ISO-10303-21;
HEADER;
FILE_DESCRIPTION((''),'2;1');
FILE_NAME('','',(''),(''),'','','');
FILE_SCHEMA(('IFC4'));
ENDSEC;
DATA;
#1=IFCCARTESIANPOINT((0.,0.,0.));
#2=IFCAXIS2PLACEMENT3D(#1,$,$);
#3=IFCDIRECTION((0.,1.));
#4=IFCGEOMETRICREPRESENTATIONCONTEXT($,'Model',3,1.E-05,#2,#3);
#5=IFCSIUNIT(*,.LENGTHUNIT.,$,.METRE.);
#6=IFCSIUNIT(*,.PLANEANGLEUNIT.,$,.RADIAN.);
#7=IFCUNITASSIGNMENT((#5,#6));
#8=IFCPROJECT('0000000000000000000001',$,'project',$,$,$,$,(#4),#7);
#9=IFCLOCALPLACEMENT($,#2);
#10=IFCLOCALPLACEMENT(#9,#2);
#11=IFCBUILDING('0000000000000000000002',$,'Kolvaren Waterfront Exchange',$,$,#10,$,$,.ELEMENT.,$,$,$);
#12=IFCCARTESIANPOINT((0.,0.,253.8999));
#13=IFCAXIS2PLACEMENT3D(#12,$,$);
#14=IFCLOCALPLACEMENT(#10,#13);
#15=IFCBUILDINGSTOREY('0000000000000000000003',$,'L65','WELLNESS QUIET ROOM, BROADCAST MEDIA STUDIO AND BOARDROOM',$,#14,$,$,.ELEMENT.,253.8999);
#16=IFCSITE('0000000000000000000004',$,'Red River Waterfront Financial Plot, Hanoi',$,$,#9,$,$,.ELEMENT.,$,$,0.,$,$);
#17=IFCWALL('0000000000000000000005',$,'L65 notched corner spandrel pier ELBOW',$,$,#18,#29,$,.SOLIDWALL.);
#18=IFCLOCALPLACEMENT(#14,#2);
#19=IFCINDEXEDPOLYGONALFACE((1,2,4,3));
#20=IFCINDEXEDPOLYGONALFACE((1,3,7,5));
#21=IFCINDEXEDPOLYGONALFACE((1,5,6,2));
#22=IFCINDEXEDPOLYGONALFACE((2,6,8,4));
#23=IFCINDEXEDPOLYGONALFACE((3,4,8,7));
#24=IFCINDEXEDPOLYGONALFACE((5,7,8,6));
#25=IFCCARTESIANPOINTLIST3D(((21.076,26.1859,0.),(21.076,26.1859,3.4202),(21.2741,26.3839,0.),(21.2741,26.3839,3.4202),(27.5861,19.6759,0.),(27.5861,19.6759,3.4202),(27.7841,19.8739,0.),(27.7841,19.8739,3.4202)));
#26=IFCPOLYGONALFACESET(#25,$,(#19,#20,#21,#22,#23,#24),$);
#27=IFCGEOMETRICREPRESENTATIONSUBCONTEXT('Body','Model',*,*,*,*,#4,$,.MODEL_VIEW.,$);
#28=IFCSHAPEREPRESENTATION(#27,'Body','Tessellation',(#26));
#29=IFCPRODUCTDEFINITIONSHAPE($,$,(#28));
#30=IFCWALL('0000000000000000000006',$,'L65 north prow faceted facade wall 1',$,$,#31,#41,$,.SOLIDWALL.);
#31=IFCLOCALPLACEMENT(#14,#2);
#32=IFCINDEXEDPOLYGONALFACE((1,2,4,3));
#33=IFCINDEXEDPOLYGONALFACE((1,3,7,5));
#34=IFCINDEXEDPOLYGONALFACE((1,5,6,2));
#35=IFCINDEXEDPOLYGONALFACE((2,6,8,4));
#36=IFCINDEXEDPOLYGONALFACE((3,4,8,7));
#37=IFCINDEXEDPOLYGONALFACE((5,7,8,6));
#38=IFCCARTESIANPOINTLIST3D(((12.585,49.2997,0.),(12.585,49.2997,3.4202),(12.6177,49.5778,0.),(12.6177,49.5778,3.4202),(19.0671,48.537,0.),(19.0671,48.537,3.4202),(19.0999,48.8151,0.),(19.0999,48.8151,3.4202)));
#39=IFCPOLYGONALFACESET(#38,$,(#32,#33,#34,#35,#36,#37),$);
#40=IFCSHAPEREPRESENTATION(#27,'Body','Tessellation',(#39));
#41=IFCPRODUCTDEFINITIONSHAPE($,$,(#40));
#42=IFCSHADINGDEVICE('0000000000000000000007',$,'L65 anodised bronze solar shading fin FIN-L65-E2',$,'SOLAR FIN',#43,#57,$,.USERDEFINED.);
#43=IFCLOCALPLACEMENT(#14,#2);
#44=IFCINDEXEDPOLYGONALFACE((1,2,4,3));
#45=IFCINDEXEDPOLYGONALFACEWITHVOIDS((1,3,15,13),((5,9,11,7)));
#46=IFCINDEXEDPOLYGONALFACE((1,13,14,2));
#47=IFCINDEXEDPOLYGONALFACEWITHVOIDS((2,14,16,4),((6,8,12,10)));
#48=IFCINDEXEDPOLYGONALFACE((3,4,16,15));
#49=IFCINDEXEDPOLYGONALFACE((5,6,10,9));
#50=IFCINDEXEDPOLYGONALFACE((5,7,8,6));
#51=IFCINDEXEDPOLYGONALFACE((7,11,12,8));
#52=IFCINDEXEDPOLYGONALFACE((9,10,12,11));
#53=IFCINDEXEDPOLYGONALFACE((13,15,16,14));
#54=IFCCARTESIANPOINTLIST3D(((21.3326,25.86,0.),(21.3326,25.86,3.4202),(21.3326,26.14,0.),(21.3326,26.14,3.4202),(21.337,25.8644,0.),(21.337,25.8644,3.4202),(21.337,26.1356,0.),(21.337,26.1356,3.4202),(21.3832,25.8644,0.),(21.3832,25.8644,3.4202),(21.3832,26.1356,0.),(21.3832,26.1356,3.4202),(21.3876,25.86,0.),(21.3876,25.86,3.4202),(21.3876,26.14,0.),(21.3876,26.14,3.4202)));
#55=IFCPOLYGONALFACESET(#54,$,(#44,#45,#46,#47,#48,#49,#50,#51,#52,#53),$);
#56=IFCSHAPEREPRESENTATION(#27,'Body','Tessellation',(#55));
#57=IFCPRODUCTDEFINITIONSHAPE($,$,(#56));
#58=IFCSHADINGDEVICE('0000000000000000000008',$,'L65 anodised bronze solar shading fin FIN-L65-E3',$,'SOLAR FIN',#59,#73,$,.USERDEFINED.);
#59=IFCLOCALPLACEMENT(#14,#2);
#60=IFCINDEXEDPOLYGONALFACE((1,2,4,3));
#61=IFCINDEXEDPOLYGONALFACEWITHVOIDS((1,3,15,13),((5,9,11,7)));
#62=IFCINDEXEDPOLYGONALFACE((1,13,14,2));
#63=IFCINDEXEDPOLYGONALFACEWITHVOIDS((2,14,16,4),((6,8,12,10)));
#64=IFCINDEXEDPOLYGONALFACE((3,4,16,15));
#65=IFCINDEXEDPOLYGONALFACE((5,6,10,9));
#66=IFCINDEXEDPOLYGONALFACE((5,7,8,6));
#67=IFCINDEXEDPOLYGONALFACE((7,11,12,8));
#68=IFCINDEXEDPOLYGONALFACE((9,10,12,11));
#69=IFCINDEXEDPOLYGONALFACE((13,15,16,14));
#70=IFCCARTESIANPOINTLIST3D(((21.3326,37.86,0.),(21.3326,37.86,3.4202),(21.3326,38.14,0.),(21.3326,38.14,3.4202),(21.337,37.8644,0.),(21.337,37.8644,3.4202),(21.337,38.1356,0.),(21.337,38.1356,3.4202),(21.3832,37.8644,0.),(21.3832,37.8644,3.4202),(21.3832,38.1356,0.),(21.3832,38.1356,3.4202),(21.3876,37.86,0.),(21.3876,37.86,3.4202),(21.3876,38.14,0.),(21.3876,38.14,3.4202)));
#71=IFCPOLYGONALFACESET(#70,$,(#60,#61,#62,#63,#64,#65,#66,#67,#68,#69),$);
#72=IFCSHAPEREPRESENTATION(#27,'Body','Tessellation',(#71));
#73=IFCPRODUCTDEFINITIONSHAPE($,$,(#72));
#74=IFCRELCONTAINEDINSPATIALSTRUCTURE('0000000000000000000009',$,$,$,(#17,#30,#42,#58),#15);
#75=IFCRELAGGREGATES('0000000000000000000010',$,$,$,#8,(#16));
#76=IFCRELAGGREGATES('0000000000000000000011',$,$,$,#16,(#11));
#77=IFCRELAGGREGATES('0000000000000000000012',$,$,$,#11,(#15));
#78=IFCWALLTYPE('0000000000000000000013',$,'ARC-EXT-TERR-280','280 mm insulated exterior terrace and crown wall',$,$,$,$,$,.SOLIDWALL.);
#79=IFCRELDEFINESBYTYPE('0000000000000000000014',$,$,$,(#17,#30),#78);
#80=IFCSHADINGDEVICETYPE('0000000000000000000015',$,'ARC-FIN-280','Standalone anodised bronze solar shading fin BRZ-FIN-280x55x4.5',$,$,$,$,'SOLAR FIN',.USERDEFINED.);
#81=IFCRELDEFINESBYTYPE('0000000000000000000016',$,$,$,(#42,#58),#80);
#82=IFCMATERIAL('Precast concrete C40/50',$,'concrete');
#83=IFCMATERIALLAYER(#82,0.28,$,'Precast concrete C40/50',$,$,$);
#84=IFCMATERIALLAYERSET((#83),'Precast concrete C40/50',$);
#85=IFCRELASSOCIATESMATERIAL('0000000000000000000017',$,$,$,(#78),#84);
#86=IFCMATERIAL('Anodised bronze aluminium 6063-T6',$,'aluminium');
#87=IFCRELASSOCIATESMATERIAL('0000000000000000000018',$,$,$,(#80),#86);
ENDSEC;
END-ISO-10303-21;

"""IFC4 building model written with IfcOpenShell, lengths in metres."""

from ifc_helpers import new_model, si_unit, direction, frame, frame_2d, origin, origin_2d, place, context, subcontext, project, spatial, rectangle, hollow_rectangle, extrude, material, layer, layer_set, material_profile, profile_set, type_object, element, save


model = new_model("IFC4")

# Units and contexts
model_context = context("Model", 3, precision=1e-05, world=origin(), true_north=direction((0.0, 1.0)))
body_context = subcontext(model_context, "Body", "Model", "MODEL_VIEW")
ifc_project = project(units=[si_unit("LENGTHUNIT", "METRE"), si_unit("PLANEANGLEUNIT", "RADIAN")], contexts=[model_context])

# Site, building, storey
site_placement = place(None, origin())
site = spatial("IfcSite", under=ifc_project, at=site_placement, Name="Red River Waterfront Financial Plot, Hanoi", CompositionType="ELEMENT", RefElevation=0.0)
building_placement = place(site_placement, origin())
building = spatial("IfcBuilding", under=site, at=building_placement, Name="Kolvaren Waterfront Exchange", CompositionType="ELEMENT")
storey_placement = place(building_placement, frame((0.0, 0.0, 253.8999)))
storey = spatial("IfcBuildingStorey", under=building, at=storey_placement, Name="L65", Description="WELLNESS QUIET ROOM, BROADCAST MEDIA STUDIO AND BOARDROOM", CompositionType="ELEMENT", Elevation=253.8999)

# Shared definitions
ifc_material_1 = material(Name="Anodised bronze aluminium 6063-T6", Category="aluminium")

# Walls
ifc_material_2 = material(Name="Precast concrete C40/50", Category="concrete")
ifc_layer_1 = layer(ifc_material_2, 0.28, Name="Precast concrete C40/50")
ifc_layer_set_1 = layer_set([ifc_layer_1], Name="Precast concrete C40/50")
wall_type = type_object("IfcWallType", Name="ARC-EXT-TERR-280", Description="280 mm insulated exterior terrace and crown wall", PredefinedType="SOLIDWALL", material=ifc_layer_set_1)
wall_1_placement = place(storey_placement, frame((27.6851, 19.7749, 0.0), z_axis=(0.0, 0.0, 1.0), x_axis=(-0.707107, 0.707107, 0.0)))
element("IfcWall", 1, at=wall_1_placement, inside=storey, type_object=wall_type, Name="L65 notched corner spandrel pier ELBOW", PredefinedType="SOLIDWALL", context=body_context, shape_type="SweptSolid", body=[
    extrude(rectangle(XDim=9.2065, YDim=0.28, at=frame_2d((4.6033, 0.0))), origin(), (0.0, 0.0, 1.0), 3.4202),
])
wall_2_placement = place(storey_placement, frame((19.0835, 48.676, 0.0), z_axis=(0.0, 0.0, 1.0), x_axis=(-0.993149, 0.116854, 0.0)))
element("IfcWall", 2, at=wall_2_placement, inside=storey, type_object=wall_type, Name="L65 north prow faceted facade wall 1", PredefinedType="SOLIDWALL", context=body_context, shape_type="SweptSolid", body=[
    extrude(rectangle(XDim=6.5269, YDim=0.28, at=frame_2d((3.2634, 0.0))), origin(), (0.0, 0.0, 1.0), 3.4202),
])

# Shading devices
ifc_material_profile_1 = material_profile(ifc_material_1, hollow_rectangle(XDim=0.0549, YDim=0.28, WallThickness=0.0044, at=origin_2d()), Name="BRZ-FIN-280x55x4.5")
ifc_profile_set_1 = profile_set([ifc_material_profile_1], Name="Anodised bronze aluminium 6063-T6")
shading_device_type = type_object("IfcShadingDeviceType", Name="ARC-FIN-280", Description="Standalone anodised bronze solar shading fin BRZ-FIN-280x55x4.5", ElementType="SOLAR FIN", PredefinedType="USERDEFINED", material=ifc_profile_set_1)
for number, where, z_axis, x_axis, name in (
    (3, (21.3601, 26.0, 0.0), (0.0, 0.0, 1.0), (1.0, 0.0, 0.0), "L65 anodised bronze solar shading fin FIN-L65-E2"),
    (4, (21.3601, 38.0, 0.0), (0.0, 0.0, 1.0), (1.0, 0.0, 0.0), "L65 anodised bronze solar shading fin FIN-L65-E3"),
):
    element("IfcShadingDevice", number, at=place(storey_placement, frame(where, z_axis=z_axis, x_axis=x_axis)), inside=storey, type_object=shading_device_type, Name=name, ObjectType="SOLAR FIN", PredefinedType="USERDEFINED", context=body_context, shape_type="SweptSolid", body=[
        extrude(hollow_rectangle(XDim=0.0549, YDim=0.28, WallThickness=0.0044, at=origin_2d()), origin(), (0.0, 0.0, 1.0), 3.4202),
    ])

save(model, "model.ifc")
